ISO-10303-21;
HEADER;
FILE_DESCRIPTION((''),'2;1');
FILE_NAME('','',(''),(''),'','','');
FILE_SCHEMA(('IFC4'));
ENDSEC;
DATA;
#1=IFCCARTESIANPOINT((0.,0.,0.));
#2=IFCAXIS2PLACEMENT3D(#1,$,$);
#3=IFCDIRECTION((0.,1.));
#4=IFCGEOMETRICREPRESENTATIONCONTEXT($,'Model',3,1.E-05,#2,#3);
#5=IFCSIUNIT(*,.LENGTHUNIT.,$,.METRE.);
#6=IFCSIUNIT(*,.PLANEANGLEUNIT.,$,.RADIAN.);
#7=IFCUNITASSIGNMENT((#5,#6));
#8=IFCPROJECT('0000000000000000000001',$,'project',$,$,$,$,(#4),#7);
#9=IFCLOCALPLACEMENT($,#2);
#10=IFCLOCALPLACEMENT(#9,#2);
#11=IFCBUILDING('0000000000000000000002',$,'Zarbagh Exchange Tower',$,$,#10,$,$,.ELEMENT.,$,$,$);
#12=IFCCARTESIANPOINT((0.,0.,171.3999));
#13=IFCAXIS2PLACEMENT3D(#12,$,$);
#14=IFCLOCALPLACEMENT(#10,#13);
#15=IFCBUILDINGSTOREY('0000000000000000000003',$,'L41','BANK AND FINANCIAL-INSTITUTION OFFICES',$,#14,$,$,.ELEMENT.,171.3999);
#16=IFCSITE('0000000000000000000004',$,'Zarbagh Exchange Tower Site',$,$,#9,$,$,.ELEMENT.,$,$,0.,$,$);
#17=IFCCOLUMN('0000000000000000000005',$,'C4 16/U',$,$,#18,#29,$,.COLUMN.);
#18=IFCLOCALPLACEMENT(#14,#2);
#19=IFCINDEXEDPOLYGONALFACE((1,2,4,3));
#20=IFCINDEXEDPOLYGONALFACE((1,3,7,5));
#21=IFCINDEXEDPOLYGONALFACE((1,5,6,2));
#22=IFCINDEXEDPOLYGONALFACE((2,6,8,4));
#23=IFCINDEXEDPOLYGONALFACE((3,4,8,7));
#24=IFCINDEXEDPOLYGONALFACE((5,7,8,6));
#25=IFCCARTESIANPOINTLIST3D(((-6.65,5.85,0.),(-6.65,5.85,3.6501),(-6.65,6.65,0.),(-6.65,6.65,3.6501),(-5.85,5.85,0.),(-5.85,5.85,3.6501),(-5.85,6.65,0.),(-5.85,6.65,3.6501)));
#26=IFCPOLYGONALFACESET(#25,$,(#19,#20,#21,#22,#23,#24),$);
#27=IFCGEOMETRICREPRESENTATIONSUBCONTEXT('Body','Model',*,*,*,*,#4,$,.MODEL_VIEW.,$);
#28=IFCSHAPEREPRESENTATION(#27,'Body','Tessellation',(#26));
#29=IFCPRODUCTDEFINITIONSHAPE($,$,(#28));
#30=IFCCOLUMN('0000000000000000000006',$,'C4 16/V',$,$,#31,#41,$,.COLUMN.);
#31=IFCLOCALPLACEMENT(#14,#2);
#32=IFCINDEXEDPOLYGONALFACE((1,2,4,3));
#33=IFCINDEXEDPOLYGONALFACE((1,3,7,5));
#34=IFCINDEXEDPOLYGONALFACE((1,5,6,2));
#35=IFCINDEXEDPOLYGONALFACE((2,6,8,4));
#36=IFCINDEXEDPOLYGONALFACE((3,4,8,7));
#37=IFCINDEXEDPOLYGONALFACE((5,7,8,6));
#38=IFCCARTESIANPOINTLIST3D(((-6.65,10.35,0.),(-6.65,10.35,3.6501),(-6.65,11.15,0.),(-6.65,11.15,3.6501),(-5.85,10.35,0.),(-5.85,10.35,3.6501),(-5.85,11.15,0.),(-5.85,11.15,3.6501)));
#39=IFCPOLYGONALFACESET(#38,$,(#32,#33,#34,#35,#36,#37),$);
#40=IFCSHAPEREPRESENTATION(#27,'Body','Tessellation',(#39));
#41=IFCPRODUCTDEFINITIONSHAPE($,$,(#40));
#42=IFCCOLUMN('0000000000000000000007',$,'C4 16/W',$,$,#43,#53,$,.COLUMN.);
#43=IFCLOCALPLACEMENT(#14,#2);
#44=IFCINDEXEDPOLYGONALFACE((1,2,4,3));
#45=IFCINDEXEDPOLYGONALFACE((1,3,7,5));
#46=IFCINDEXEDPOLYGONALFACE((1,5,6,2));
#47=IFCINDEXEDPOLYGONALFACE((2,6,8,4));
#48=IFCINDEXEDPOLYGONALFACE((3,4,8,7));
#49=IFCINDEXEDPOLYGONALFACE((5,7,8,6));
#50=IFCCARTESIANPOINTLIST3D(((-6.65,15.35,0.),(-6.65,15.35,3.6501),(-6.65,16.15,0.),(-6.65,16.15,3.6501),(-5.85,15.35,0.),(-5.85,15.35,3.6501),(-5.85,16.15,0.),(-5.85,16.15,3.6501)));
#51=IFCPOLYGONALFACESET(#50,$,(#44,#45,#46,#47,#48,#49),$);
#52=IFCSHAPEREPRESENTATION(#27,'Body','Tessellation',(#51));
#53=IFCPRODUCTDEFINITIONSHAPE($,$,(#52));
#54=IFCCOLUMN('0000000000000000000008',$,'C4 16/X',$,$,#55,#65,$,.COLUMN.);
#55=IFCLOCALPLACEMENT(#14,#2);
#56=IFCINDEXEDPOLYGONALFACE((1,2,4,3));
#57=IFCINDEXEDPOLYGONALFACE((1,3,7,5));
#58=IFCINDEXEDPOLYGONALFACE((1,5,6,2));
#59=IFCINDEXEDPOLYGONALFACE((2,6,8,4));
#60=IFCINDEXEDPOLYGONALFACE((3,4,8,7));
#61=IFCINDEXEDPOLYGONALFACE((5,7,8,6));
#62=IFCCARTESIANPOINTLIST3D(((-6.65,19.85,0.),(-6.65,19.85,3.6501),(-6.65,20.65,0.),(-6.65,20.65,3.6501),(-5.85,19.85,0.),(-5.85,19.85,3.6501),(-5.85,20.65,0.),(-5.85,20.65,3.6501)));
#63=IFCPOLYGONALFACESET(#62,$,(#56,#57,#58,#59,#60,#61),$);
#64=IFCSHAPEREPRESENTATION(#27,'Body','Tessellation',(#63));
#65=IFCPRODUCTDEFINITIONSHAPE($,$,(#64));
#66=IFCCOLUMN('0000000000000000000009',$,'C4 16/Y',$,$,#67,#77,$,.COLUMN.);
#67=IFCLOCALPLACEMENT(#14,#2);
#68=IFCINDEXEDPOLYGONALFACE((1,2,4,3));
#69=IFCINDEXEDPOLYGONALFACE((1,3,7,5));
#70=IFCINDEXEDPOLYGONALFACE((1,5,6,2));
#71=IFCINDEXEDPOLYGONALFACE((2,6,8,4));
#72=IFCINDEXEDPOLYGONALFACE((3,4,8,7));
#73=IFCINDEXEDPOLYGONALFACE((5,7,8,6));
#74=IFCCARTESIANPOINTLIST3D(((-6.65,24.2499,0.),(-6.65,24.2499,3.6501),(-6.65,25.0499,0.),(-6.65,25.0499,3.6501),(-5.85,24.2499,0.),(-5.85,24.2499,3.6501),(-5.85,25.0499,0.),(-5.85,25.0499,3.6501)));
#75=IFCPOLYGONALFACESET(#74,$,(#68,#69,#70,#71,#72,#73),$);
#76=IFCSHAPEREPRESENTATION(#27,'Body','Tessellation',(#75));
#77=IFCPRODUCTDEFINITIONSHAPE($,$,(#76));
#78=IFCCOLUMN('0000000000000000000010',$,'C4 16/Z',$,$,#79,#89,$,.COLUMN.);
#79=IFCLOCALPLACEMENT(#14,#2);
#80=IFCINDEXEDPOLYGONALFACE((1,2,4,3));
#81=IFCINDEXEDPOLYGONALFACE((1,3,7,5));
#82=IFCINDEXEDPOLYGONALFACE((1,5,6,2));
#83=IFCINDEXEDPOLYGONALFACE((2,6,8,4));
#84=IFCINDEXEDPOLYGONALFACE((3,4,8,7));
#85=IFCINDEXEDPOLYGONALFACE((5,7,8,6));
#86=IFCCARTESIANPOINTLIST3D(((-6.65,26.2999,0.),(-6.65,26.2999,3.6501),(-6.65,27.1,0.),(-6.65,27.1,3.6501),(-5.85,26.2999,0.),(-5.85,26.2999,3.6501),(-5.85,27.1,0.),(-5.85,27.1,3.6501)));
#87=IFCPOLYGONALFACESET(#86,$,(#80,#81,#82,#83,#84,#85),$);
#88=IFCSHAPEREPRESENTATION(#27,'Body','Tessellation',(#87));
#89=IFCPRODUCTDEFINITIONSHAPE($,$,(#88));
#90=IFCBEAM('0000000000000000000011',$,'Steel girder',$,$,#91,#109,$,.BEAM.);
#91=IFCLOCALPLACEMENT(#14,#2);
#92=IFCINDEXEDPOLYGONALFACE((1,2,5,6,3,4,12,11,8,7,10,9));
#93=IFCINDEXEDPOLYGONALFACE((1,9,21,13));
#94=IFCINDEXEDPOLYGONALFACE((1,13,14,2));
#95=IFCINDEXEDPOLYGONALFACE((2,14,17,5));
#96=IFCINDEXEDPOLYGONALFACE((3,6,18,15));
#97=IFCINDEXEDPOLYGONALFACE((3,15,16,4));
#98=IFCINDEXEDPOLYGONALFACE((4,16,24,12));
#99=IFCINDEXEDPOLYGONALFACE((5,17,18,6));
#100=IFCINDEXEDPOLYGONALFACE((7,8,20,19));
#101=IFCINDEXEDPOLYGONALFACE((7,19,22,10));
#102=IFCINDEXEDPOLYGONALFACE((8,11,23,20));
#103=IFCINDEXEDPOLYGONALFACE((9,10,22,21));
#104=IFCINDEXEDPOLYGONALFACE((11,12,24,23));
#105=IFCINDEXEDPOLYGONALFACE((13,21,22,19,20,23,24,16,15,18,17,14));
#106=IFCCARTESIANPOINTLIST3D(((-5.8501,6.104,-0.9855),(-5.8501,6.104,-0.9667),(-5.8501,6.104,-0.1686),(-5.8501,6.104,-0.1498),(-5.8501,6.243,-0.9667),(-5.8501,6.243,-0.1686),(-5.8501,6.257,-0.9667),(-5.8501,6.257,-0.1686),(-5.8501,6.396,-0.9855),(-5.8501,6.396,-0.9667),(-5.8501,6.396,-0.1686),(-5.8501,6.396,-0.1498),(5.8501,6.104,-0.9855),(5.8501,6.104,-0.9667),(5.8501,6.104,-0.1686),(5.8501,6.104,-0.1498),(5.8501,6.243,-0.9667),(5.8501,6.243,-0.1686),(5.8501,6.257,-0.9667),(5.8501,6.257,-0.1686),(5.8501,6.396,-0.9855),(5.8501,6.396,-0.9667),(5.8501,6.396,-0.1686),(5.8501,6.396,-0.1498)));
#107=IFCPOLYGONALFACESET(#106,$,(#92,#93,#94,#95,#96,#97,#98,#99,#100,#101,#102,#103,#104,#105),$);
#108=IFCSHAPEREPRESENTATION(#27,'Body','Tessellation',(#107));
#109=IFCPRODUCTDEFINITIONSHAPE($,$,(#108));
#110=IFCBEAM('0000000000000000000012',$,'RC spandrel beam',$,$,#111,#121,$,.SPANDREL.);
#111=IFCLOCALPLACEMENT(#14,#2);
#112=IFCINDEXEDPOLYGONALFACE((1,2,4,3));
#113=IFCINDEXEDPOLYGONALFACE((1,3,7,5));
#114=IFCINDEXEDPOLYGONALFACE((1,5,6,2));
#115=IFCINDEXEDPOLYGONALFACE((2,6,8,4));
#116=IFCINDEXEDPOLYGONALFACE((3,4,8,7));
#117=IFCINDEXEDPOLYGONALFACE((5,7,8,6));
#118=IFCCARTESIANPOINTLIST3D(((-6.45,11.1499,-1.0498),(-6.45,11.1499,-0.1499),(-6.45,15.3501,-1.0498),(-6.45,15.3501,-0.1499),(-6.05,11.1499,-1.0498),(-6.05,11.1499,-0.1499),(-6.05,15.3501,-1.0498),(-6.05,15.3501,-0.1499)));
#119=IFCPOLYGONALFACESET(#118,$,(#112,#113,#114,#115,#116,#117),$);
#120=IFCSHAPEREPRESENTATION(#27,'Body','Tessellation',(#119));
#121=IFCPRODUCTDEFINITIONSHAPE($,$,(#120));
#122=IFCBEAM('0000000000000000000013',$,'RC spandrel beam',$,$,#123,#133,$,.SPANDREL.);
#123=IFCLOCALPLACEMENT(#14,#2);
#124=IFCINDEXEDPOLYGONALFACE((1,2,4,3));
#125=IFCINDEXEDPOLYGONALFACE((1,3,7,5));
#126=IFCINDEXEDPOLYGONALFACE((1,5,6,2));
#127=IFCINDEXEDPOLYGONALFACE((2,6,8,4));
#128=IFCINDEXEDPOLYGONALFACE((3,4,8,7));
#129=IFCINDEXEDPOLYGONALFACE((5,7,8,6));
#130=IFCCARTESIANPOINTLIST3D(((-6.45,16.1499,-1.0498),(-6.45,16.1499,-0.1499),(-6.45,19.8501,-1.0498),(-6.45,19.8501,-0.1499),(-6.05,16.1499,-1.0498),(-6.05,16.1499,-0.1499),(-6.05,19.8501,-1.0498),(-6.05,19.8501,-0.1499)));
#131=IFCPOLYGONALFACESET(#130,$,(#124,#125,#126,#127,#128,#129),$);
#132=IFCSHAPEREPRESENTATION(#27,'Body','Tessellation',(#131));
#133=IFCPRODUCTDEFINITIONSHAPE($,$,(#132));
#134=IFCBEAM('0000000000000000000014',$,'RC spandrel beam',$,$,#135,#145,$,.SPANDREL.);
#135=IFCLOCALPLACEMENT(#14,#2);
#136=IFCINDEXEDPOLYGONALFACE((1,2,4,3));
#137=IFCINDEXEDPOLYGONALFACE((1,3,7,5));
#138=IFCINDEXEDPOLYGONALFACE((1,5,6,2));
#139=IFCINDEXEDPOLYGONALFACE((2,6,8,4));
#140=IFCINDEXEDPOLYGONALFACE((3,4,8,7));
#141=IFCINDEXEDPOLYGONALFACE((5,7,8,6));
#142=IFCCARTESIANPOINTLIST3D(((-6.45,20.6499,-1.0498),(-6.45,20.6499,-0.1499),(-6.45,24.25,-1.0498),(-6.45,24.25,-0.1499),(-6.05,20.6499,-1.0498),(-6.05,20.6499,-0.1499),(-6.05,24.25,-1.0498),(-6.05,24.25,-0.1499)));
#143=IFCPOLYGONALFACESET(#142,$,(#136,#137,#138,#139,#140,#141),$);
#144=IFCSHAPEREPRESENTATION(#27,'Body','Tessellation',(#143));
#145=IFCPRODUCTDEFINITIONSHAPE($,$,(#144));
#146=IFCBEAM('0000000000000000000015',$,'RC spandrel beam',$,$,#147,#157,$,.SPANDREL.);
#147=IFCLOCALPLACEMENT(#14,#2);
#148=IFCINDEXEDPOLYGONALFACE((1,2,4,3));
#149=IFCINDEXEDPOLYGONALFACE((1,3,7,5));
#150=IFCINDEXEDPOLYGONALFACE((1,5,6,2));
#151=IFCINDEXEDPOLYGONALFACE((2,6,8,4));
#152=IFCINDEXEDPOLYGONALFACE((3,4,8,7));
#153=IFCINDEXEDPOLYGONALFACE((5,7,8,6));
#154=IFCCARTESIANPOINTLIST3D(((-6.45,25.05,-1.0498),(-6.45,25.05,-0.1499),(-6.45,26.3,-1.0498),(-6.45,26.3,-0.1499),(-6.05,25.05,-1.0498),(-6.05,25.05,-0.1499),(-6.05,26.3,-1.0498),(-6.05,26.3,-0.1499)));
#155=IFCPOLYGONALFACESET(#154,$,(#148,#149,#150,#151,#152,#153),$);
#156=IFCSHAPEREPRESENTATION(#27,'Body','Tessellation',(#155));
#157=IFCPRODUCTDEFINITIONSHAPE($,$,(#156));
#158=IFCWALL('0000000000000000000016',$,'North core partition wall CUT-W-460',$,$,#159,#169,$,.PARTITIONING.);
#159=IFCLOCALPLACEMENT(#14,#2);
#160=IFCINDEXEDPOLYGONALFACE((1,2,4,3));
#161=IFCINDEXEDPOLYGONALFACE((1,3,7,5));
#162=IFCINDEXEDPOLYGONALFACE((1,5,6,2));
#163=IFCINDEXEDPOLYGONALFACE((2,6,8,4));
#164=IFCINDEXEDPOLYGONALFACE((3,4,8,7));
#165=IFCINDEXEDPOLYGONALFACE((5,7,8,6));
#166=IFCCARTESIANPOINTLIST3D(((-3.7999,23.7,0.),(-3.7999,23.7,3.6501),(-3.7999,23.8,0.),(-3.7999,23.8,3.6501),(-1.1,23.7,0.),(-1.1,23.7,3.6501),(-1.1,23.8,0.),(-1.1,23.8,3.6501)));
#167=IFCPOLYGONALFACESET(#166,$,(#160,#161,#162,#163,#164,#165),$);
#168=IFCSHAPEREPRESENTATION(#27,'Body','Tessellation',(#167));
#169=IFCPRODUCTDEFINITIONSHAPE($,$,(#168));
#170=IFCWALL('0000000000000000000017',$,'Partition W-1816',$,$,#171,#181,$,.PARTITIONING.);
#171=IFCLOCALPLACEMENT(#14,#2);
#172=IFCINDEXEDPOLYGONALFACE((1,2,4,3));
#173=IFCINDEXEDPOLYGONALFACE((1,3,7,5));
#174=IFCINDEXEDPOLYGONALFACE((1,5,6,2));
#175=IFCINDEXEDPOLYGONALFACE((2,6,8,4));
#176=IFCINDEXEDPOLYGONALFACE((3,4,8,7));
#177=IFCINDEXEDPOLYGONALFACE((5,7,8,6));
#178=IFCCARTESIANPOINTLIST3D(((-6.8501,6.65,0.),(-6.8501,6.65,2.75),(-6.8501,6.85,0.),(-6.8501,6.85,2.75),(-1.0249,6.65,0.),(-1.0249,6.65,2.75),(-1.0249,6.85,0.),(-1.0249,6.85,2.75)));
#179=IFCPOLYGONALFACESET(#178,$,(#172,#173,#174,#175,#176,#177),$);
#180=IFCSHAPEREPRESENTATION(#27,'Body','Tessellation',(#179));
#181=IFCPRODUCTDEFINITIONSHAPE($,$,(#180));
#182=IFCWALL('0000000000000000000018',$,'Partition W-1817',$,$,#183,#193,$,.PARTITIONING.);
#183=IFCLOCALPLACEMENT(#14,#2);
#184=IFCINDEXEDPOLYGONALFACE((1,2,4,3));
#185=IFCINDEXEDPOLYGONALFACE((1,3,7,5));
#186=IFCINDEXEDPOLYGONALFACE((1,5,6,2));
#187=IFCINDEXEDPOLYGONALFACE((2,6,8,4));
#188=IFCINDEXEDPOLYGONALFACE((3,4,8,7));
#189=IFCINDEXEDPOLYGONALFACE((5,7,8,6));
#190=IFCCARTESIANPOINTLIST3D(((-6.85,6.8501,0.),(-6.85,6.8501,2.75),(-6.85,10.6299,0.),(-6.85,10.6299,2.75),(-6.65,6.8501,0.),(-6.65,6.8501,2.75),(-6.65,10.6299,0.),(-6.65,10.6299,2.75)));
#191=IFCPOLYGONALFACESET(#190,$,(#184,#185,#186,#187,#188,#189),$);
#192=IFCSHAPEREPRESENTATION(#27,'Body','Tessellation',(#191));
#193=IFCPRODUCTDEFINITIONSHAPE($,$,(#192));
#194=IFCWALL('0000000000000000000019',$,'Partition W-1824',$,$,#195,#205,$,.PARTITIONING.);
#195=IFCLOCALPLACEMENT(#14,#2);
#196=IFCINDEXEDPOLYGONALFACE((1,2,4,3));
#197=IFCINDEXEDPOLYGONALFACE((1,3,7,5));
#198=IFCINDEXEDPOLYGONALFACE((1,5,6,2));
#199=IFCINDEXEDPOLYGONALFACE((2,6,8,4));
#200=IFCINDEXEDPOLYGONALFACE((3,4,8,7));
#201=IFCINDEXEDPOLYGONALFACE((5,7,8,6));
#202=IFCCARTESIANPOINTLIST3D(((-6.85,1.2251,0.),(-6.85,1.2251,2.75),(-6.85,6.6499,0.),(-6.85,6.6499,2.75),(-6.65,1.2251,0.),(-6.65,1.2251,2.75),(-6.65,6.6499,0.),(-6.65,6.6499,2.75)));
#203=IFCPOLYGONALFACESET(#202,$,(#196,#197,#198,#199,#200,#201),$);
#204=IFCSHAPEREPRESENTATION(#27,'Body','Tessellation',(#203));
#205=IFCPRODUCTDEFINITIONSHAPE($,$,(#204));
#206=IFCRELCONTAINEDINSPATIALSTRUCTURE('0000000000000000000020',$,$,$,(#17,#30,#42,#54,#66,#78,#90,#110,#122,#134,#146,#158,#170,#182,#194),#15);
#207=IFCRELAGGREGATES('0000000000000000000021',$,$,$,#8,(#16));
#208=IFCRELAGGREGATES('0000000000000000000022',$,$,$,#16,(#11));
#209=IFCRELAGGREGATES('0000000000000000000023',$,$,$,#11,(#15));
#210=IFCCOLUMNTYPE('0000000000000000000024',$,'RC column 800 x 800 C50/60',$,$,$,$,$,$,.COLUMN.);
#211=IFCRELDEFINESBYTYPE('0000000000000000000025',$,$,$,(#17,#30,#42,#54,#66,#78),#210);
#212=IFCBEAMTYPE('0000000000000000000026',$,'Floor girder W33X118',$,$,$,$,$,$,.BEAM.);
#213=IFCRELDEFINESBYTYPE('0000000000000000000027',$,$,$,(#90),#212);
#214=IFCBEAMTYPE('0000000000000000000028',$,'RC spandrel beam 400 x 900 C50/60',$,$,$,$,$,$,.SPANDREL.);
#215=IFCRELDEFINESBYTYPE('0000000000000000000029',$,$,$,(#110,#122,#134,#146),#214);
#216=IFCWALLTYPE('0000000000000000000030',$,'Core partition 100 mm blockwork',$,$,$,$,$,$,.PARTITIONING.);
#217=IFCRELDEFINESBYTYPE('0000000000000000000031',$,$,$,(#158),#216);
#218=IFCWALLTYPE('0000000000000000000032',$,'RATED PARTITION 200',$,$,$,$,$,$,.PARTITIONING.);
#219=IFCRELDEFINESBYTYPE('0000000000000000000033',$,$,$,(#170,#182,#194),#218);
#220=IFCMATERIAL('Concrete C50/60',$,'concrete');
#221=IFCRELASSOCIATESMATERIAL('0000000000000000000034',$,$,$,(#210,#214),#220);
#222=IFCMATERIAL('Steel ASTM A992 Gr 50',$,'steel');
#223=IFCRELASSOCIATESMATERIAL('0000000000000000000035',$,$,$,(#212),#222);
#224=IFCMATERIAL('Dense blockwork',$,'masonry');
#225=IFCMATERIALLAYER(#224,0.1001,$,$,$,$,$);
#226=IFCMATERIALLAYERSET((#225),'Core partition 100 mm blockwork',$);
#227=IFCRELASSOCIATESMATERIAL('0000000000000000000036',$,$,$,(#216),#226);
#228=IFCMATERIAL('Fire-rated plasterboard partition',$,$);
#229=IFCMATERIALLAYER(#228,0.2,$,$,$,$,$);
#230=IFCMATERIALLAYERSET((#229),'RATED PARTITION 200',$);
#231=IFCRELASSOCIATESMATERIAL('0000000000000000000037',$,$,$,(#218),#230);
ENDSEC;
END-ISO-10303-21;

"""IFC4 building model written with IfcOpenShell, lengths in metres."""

from ifc_helpers import new_model, si_unit, direction, frame, frame_2d, origin, origin_2d, place, context, subcontext, project, spatial, rectangle, i_section, extrude, material, layer, layer_set, material_profile, profile_set, type_object, element, save


model = new_model("IFC4")

# Units and contexts
model_context = context("Model", 3, precision=1e-05, world=origin(), true_north=direction((0.0, 1.0)))
body_context = subcontext(model_context, "Body", "Model", "MODEL_VIEW")
ifc_project = project(units=[si_unit("LENGTHUNIT", "METRE"), si_unit("PLANEANGLEUNIT", "RADIAN")], contexts=[model_context])

# Site, building, storey
site_placement = place(None, origin())
site = spatial("IfcSite", under=ifc_project, at=site_placement, Name="Zarbagh Exchange Tower Site", CompositionType="ELEMENT", RefElevation=0.0)
building_placement = place(site_placement, origin())
building = spatial("IfcBuilding", under=site, at=building_placement, Name="Zarbagh Exchange Tower", CompositionType="ELEMENT")
storey_placement = place(building_placement, frame((0.0, 0.0, 171.3999)))
storey = spatial("IfcBuildingStorey", under=building, at=storey_placement, Name="L41", Description="BANK AND FINANCIAL-INSTITUTION OFFICES", CompositionType="ELEMENT", Elevation=171.3999)

# Columns
ifc_material_1 = material(Name="Concrete C50/60", Category="concrete")
ifc_material_profile_1 = material_profile(ifc_material_1, rectangle(XDim=0.8, YDim=0.8, at=origin_2d()), Name="RC column 800 x 800 C50/60")
ifc_profile_set_1 = profile_set([ifc_material_profile_1], Name="Concrete C50/60")
column_type = type_object("IfcColumnType", Name="RC column 800 x 800 C50/60", PredefinedType="COLUMN", material=ifc_profile_set_1)
for number, where, z_axis, x_axis, name in (
    (1, (-6.25, 6.25, 0.0), (0.0, 0.0, 1.0), (1.0, 0.0, 0.0), "C4 16/U"),
    (2, (-6.25, 10.75, 0.0), (0.0, 0.0, 1.0), (1.0, 0.0, 0.0), "C4 16/V"),
    (3, (-6.25, 15.75, 0.0), (0.0, 0.0, 1.0), (1.0, 0.0, 0.0), "C4 16/W"),
    (4, (-6.25, 20.25, 0.0), (0.0, 0.0, 1.0), (1.0, 0.0, 0.0), "C4 16/X"),
    (5, (-6.25, 24.6499, 0.0), (0.0, 0.0, 1.0), (1.0, 0.0, 0.0), "C4 16/Y"),
    (6, (-6.25, 26.7, 0.0), (0.0, 0.0, 1.0), (1.0, 0.0, 0.0), "C4 16/Z"),
):
    element("IfcColumn", number, at=place(storey_placement, frame(where, z_axis=z_axis, x_axis=x_axis)), inside=storey, type_object=column_type, Name=name, PredefinedType="COLUMN", context=body_context, shape_type="SweptSolid", body=[
        extrude(rectangle(XDim=0.8, YDim=0.8, at=origin_2d()), origin(), (0.0, 0.0, 1.0), 3.6501),
    ])

# Beams
ifc_material_2 = material(Name="Steel ASTM A992 Gr 50", Category="steel")
ifc_material_profile_2 = material_profile(ifc_material_2, i_section(OverallWidth=0.292, OverallDepth=0.8357, WebThickness=0.0139, FlangeThickness=0.0188, at=origin_2d()), Name="W33X118")
ifc_profile_set_2 = profile_set([ifc_material_profile_2], Name="Steel ASTM A992 Gr 50")
beam_type_1 = type_object("IfcBeamType", Name="Floor girder W33X118", PredefinedType="BEAM", material=ifc_profile_set_2)
beam_1_placement = place(storey_placement, frame((-5.8501, 6.25, -0.5676), z_axis=(1.0, 0.0, 0.0), x_axis=(0.0, 1.0, 0.0)))
element("IfcBeam", 7, at=beam_1_placement, inside=storey, type_object=beam_type_1, Name="Steel girder", PredefinedType="BEAM", context=body_context, shape_type="SweptSolid", body=[
    extrude(i_section(OverallWidth=0.292, OverallDepth=0.8357, WebThickness=0.0139, FlangeThickness=0.0188, at=origin_2d()), origin(), (0.0, 0.0, 1.0), 11.7002),
])
ifc_material_profile_3 = material_profile(ifc_material_1, rectangle(XDim=0.3999, YDim=0.8999, at=origin_2d()), Name="RC spandrel beam 400 x 900 C50/60")
ifc_profile_set_3 = profile_set([ifc_material_profile_3], Name="Concrete C50/60")
beam_type_2 = type_object("IfcBeamType", Name="RC spandrel beam 400 x 900 C50/60", PredefinedType="SPANDREL", material=ifc_profile_set_3)
beam_2_placement = place(storey_placement, frame((-6.25, 11.1499, -0.5999), z_axis=(0.0, 1.0, 0.0), x_axis=(-1.0, 0.0, 0.0)))
element("IfcBeam", 8, at=beam_2_placement, inside=storey, type_object=beam_type_2, Name="RC spandrel beam", PredefinedType="SPANDREL", context=body_context, shape_type="SweptSolid", body=[
    extrude(rectangle(XDim=0.3999, YDim=0.8999, at=origin_2d()), origin(), (0.0, 0.0, 1.0), 4.2002),
])
beam_3_placement = place(storey_placement, frame((-6.25, 16.1499, -0.5999), z_axis=(0.0, 1.0, 0.0), x_axis=(-1.0, 0.0, 0.0)))
element("IfcBeam", 9, at=beam_3_placement, inside=storey, type_object=beam_type_2, Name="RC spandrel beam", PredefinedType="SPANDREL", context=body_context, shape_type="SweptSolid", body=[
    extrude(rectangle(XDim=0.3999, YDim=0.8999, at=origin_2d()), origin(), (0.0, 0.0, 1.0), 3.7002),
])
beam_4_placement = place(storey_placement, frame((-6.25, 20.6499, -0.5999), z_axis=(0.0, 1.0, 0.0), x_axis=(-1.0, 0.0, 0.0)))
element("IfcBeam", 10, at=beam_4_placement, inside=storey, type_object=beam_type_2, Name="RC spandrel beam", PredefinedType="SPANDREL", context=body_context, shape_type="SweptSolid", body=[
    extrude(rectangle(XDim=0.3999, YDim=0.8999, at=origin_2d()), origin(), (0.0, 0.0, 1.0), 3.6001),
])
beam_5_placement = place(storey_placement, frame((-6.25, 25.05, -0.5999), z_axis=(0.0, 1.0, 0.0), x_axis=(-1.0, 0.0, 0.0)))
element("IfcBeam", 11, at=beam_5_placement, inside=storey, type_object=beam_type_2, Name="RC spandrel beam", PredefinedType="SPANDREL", context=body_context, shape_type="SweptSolid", body=[
    extrude(rectangle(XDim=0.3999, YDim=0.8999, at=origin_2d()), origin(), (0.0, 0.0, 1.0), 1.25),
])

# Walls
ifc_material_3 = material(Name="Dense blockwork", Category="masonry")
ifc_layer_1 = layer(ifc_material_3, 0.1001)
ifc_layer_set_1 = layer_set([ifc_layer_1], Name="Core partition 100 mm blockwork")
wall_type_1 = type_object("IfcWallType", Name="Core partition 100 mm blockwork", PredefinedType="PARTITIONING", material=ifc_layer_set_1)
wall_1_placement = place(storey_placement, frame((-3.8, 23.75, 0.0), z_axis=(0.0, 0.0, 1.0), x_axis=(1.0, 0.0, 0.0)))
element("IfcWall", 12, at=wall_1_placement, inside=storey, type_object=wall_type_1, Name="North core partition wall CUT-W-460", PredefinedType="PARTITIONING", context=body_context, shape_type="SweptSolid", body=[
    extrude(rectangle(XDim=2.7, YDim=0.1001, at=frame_2d((1.3501, 0.0))), origin(), (0.0, 0.0, 1.0), 3.6501),
])
ifc_material_4 = material(Name="Fire-rated plasterboard partition")
ifc_layer_2 = layer(ifc_material_4, 0.2)
ifc_layer_set_2 = layer_set([ifc_layer_2], Name="RATED PARTITION 200")
wall_type_2 = type_object("IfcWallType", Name="RATED PARTITION 200", PredefinedType="PARTITIONING", material=ifc_layer_set_2)
wall_2_placement = place(storey_placement, frame((-6.8501, 6.75, 0.0), z_axis=(0.0, 0.0, 1.0), x_axis=(1.0, 0.0, 0.0)))
element("IfcWall", 13, at=wall_2_placement, inside=storey, type_object=wall_type_2, Name="Partition W-1816", PredefinedType="PARTITIONING", context=body_context, shape_type="SweptSolid", body=[
    extrude(rectangle(XDim=5.8252, YDim=0.2, at=frame_2d((2.9126, 0.0))), origin(), (0.0, 0.0, 1.0), 2.75),
])
wall_3_placement = place(storey_placement, frame((-6.75, 6.8501, 0.0), z_axis=(0.0, 0.0, 1.0), x_axis=(0.0, 1.0, 0.0)))
element("IfcWall", 14, at=wall_3_placement, inside=storey, type_object=wall_type_2, Name="Partition W-1817", PredefinedType="PARTITIONING", context=body_context, shape_type="SweptSolid", body=[
    extrude(rectangle(XDim=3.7798, YDim=0.2, at=frame_2d((1.8899, 0.0))), origin(), (0.0, 0.0, 1.0), 2.75),
])
wall_4_placement = place(storey_placement, frame((-6.75, 1.2251, 0.0), z_axis=(0.0, 0.0, 1.0), x_axis=(0.0, 1.0, 0.0)))
element("IfcWall", 15, at=wall_4_placement, inside=storey, type_object=wall_type_2, Name="Partition W-1824", PredefinedType="PARTITIONING", context=body_context, shape_type="SweptSolid", body=[
    extrude(rectangle(XDim=5.4248, YDim=0.2, at=frame_2d((2.7124, 0.0))), origin(), (0.0, 0.0, 1.0), 2.75),
])

save(model, "model.ifc")
